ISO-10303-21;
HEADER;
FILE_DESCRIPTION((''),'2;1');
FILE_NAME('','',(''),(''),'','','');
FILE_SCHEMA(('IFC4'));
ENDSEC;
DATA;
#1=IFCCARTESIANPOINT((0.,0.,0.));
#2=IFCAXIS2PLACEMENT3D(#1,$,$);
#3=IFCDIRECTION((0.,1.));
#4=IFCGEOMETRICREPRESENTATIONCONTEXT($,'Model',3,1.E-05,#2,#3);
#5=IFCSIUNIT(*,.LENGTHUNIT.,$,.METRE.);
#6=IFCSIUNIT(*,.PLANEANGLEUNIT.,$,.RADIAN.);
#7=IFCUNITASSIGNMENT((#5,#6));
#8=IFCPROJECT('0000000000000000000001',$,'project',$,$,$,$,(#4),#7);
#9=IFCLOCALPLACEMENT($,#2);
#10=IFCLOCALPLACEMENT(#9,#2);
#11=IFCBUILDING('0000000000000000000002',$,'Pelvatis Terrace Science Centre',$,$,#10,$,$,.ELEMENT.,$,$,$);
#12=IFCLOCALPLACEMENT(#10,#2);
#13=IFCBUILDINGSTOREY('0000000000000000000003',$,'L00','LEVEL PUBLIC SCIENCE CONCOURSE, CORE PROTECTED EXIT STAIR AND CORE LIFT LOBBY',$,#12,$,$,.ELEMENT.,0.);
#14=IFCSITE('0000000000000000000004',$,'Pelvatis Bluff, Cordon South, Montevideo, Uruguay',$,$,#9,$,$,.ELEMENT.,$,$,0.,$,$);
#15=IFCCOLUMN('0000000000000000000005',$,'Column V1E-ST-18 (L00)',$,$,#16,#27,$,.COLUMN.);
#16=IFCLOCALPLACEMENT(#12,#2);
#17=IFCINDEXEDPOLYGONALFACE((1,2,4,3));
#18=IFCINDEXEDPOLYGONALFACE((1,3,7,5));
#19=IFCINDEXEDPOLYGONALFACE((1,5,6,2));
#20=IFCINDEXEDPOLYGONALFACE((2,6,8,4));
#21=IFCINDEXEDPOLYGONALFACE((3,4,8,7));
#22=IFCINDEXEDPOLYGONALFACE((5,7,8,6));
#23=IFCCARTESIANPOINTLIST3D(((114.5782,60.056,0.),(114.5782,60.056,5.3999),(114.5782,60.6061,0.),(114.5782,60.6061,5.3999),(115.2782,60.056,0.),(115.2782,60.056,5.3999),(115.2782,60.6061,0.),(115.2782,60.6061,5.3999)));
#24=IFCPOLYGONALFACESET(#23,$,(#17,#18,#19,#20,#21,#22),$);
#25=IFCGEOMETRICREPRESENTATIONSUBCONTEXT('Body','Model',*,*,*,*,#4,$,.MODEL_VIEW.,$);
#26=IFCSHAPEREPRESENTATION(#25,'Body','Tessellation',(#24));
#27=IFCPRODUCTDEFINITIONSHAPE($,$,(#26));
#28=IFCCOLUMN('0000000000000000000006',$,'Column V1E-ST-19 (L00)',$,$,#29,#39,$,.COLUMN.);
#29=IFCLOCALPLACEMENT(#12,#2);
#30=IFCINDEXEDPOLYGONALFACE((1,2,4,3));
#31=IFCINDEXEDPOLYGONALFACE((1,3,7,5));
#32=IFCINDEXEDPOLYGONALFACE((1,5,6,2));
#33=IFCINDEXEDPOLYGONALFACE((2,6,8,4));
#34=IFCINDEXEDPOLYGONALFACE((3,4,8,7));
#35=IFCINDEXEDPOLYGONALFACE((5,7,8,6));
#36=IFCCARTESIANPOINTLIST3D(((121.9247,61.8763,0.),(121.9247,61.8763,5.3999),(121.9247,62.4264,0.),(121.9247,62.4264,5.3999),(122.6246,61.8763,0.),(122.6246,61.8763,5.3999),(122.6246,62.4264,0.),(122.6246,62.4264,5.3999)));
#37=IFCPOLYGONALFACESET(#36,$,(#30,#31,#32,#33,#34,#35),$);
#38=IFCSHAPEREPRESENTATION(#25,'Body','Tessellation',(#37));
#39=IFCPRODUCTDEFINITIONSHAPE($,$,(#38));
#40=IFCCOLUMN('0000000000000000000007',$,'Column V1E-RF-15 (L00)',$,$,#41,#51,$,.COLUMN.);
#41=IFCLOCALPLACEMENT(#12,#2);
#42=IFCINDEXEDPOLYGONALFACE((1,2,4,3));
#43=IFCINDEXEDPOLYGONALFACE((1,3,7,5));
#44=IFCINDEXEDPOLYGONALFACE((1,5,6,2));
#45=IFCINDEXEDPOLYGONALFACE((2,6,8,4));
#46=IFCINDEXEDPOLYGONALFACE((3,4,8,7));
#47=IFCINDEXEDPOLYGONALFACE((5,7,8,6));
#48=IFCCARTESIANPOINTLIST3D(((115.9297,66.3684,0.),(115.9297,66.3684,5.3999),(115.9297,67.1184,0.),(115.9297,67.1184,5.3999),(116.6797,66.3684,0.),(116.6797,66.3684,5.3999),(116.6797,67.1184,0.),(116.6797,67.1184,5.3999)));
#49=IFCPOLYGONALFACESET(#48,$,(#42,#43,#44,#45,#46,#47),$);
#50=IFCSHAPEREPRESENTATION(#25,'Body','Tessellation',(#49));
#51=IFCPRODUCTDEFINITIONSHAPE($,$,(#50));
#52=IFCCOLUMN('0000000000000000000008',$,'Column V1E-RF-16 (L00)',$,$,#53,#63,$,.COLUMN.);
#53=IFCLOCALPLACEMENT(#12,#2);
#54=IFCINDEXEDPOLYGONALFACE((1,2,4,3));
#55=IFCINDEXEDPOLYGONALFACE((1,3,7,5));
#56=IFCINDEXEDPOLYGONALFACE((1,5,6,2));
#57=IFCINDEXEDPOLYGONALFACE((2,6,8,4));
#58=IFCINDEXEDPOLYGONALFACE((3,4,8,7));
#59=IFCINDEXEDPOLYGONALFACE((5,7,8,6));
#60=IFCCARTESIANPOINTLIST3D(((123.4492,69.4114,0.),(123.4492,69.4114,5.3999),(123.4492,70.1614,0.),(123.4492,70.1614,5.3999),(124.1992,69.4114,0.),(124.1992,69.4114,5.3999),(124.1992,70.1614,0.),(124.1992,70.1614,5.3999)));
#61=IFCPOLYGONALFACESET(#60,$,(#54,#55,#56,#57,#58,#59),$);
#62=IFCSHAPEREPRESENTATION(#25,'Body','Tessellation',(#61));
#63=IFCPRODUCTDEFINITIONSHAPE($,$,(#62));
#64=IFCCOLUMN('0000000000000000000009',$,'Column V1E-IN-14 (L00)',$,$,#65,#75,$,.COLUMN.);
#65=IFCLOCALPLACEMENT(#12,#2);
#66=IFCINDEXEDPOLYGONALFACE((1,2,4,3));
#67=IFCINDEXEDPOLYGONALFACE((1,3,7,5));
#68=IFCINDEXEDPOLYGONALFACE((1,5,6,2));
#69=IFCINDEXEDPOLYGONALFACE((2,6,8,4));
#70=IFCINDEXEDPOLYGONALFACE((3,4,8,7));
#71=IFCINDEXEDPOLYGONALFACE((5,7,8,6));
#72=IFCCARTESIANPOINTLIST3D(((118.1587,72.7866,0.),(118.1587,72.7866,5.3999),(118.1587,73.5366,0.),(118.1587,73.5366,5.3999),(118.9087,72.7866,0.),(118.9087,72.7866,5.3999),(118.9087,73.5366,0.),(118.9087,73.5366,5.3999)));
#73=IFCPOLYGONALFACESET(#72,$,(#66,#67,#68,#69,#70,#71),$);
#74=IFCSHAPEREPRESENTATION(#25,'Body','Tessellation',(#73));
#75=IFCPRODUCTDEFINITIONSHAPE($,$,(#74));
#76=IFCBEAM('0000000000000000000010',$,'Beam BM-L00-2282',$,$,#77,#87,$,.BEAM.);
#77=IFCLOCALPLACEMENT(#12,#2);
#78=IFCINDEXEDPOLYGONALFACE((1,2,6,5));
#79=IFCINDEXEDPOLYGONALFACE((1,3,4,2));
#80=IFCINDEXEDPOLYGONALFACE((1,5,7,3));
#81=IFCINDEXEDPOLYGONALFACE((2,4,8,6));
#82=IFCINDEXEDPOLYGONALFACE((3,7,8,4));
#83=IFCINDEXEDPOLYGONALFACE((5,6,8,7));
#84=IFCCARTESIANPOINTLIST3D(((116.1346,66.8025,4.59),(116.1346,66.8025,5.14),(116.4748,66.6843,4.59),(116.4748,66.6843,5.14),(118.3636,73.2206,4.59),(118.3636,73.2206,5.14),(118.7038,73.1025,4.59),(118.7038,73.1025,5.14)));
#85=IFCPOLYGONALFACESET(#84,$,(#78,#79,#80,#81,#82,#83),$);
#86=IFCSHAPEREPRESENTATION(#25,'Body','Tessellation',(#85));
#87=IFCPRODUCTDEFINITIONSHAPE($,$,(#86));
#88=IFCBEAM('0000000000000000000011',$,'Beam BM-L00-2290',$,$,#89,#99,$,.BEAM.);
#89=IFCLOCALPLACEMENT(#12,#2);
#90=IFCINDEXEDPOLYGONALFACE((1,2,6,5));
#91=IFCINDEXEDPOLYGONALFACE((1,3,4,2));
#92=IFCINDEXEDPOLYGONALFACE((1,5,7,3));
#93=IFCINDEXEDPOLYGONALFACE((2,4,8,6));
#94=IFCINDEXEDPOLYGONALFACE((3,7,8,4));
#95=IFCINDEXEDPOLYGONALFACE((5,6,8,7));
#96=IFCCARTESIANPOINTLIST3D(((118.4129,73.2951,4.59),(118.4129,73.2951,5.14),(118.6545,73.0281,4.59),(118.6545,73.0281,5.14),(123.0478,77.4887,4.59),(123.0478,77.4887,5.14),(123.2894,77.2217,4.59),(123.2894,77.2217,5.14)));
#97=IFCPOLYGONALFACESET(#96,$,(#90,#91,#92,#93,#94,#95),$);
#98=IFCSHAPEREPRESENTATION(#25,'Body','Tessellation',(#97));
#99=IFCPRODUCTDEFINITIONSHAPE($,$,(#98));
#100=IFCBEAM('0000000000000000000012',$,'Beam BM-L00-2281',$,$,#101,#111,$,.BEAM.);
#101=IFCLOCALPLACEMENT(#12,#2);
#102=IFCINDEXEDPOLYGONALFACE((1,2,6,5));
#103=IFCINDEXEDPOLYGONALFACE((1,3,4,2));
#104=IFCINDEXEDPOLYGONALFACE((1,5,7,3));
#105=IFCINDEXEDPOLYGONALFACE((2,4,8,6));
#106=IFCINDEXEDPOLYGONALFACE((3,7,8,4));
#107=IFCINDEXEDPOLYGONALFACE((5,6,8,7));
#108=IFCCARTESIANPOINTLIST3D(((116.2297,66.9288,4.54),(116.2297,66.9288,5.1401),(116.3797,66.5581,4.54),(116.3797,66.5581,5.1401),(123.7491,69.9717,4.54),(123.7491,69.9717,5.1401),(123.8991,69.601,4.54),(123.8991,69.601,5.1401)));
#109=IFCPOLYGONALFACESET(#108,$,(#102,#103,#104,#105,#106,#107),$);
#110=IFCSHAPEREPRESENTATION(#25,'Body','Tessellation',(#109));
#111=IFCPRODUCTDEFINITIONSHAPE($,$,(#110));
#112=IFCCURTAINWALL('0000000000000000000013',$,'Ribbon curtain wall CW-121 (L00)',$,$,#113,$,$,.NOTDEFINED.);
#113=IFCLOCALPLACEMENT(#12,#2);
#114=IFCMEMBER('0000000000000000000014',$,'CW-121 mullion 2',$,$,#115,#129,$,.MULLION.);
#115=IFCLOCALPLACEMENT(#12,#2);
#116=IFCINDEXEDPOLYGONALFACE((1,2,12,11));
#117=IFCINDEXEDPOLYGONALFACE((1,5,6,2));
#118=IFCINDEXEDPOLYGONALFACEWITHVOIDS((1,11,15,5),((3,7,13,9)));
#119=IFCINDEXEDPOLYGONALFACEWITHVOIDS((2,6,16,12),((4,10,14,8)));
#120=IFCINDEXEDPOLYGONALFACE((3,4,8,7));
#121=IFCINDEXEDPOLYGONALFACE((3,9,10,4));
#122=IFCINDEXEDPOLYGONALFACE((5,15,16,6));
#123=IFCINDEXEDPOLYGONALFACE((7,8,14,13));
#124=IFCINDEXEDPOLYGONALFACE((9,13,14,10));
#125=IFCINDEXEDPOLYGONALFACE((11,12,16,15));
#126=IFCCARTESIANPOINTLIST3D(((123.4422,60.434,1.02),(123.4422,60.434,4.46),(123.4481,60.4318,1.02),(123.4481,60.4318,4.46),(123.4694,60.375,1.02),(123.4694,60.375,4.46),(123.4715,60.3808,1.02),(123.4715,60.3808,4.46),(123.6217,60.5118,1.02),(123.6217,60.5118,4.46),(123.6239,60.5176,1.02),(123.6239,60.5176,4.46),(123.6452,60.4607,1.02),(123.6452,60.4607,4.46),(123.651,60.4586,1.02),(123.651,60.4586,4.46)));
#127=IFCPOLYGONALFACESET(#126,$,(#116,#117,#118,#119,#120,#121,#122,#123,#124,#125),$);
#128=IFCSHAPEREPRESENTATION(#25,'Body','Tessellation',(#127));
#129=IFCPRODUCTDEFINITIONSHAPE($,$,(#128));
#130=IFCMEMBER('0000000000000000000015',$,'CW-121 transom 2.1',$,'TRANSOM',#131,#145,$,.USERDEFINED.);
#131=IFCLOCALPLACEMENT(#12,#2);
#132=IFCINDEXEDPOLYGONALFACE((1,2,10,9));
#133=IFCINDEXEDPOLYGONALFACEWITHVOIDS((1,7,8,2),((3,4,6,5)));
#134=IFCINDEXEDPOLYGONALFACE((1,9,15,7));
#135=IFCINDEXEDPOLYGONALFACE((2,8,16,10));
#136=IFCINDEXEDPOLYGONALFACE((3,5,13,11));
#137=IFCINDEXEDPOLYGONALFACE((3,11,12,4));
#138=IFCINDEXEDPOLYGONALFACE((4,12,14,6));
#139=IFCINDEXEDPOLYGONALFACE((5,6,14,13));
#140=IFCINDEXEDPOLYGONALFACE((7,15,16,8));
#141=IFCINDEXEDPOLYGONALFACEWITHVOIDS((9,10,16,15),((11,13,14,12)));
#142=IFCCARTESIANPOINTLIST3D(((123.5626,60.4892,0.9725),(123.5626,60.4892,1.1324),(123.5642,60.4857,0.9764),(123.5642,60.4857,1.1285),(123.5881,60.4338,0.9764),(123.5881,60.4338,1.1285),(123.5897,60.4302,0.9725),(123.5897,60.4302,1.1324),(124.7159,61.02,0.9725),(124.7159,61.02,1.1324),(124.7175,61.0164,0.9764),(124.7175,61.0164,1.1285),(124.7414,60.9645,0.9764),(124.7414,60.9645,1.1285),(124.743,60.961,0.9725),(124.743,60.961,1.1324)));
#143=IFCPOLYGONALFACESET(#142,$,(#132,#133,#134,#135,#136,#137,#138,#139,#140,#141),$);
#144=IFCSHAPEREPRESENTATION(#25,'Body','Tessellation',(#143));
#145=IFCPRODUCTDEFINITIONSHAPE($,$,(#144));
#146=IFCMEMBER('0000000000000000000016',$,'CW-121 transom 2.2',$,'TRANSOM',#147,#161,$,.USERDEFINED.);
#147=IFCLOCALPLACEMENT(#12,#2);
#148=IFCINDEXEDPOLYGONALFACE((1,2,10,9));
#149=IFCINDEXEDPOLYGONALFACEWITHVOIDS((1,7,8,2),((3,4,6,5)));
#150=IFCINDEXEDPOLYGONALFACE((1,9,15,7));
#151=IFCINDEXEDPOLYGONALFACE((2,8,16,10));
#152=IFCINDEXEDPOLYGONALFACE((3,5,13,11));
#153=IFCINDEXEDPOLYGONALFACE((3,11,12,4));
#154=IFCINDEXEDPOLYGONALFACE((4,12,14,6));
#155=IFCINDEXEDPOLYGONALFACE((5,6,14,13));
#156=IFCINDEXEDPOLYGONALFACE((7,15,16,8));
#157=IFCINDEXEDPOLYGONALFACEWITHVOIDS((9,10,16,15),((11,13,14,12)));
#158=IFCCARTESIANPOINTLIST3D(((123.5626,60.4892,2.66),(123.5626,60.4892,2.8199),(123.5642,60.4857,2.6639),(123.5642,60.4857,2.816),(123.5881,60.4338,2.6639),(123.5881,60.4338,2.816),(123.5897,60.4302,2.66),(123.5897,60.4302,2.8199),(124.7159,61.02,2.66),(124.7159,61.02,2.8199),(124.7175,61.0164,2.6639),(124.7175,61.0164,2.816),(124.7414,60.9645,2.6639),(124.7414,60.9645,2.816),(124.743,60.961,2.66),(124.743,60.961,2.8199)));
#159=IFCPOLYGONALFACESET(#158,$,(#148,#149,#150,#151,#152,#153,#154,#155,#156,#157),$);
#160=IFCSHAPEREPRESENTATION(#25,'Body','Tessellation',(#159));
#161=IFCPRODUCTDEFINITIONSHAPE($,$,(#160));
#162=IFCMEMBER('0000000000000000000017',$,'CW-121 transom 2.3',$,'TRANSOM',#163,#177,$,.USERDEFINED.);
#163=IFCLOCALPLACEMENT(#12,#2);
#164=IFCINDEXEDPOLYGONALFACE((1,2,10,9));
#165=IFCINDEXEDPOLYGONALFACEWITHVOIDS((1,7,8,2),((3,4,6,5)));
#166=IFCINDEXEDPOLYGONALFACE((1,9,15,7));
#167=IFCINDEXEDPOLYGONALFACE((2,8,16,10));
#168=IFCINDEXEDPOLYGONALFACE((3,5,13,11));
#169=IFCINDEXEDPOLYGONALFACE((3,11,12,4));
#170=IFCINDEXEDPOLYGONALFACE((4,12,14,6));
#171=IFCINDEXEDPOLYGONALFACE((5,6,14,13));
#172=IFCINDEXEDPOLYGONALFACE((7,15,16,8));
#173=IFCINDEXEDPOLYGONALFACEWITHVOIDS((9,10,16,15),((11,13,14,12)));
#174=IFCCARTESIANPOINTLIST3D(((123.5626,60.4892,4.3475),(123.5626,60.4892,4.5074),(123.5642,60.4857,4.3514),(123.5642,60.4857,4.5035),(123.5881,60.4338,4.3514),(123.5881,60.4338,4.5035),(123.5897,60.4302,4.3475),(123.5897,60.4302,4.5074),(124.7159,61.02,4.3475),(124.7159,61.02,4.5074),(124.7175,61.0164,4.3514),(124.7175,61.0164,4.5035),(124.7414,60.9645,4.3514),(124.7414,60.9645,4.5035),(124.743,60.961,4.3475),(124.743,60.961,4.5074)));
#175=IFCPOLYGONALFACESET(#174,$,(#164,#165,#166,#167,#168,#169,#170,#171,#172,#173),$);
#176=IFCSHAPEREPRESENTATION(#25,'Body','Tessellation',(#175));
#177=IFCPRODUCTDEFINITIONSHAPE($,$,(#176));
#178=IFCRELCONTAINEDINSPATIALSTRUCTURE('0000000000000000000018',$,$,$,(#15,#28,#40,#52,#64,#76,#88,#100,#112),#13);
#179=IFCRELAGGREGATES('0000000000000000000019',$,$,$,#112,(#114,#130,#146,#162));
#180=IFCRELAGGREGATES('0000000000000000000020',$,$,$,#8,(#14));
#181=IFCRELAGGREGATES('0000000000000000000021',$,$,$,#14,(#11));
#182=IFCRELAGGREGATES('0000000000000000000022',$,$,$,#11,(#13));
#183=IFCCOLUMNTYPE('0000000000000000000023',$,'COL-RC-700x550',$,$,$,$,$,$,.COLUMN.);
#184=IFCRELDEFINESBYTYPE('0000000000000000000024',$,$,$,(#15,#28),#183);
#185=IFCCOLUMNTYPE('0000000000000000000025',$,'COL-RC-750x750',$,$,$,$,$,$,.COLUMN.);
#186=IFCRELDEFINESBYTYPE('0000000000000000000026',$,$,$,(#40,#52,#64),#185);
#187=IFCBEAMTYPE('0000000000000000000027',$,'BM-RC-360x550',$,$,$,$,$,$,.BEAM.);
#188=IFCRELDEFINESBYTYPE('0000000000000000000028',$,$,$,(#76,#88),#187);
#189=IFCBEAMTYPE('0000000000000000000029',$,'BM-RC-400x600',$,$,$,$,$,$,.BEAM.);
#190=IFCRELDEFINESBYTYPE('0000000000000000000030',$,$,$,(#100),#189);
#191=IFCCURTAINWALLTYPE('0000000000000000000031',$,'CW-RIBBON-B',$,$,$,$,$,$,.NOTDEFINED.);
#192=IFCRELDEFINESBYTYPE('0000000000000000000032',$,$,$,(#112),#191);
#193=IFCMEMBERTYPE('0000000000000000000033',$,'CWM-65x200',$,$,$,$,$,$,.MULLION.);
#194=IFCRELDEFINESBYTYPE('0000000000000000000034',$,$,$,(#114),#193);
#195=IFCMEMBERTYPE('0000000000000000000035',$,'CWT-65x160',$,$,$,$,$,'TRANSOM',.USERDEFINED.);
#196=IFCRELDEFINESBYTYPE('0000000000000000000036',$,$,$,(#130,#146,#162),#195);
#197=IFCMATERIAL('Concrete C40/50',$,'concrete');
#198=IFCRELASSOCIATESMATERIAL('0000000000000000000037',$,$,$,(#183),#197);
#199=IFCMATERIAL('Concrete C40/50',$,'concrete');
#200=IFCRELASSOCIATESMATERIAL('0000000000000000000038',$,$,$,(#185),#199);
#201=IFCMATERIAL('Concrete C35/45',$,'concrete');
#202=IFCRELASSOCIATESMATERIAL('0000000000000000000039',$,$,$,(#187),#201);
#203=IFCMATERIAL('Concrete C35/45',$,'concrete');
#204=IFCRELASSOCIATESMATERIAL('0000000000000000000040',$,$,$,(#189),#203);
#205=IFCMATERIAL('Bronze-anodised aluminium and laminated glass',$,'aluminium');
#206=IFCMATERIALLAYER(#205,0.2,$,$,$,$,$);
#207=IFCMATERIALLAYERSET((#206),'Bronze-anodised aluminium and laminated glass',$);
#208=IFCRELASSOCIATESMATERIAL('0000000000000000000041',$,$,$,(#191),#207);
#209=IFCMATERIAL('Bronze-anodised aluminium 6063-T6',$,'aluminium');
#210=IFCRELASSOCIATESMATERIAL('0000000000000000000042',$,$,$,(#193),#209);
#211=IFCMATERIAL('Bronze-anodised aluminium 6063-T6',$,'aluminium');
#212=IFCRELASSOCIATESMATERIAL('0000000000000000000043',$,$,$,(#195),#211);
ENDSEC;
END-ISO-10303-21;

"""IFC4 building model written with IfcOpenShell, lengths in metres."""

from ifc_helpers import new_model, si_unit, direction, frame, origin, origin_2d, place, context, subcontext, project, spatial, rectangle, hollow_rectangle, extrude, material, layer, layer_set, material_profile, profile_set, type_object, element, aggregate, save


model = new_model("IFC4")

# Units and contexts
model_context = context("Model", 3, precision=1e-05, world=origin(), true_north=direction((0.0, 1.0)))
body_context = subcontext(model_context, "Body", "Model", "MODEL_VIEW")
ifc_project = project(units=[si_unit("LENGTHUNIT", "METRE"), si_unit("PLANEANGLEUNIT", "RADIAN")], contexts=[model_context])

# Site, building, storey
site_placement = place(None, origin())
site = spatial("IfcSite", under=ifc_project, at=site_placement, Name="Pelvatis Bluff, Cordon South, Montevideo, Uruguay", CompositionType="ELEMENT", RefElevation=0.0)
building_placement = place(site_placement, origin())
building = spatial("IfcBuilding", under=site, at=building_placement, Name="Pelvatis Terrace Science Centre", CompositionType="ELEMENT")
storey_placement = place(building_placement, origin())
storey = spatial("IfcBuildingStorey", under=building, at=storey_placement, Name="L00", Description="LEVEL PUBLIC SCIENCE CONCOURSE, CORE PROTECTED EXIT STAIR AND CORE LIFT LOBBY", CompositionType="ELEMENT", Elevation=0.0)

# Columns
ifc_material_1 = material(Name="Concrete C40/50", Category="concrete")
ifc_material_profile_1 = material_profile(ifc_material_1, rectangle(XDim=0.7, YDim=0.55, at=origin_2d()), Name="RC-COL 700x550")
ifc_profile_set_1 = profile_set([ifc_material_profile_1], Name="Concrete C40/50")
column_type_1 = type_object("IfcColumnType", Name="COL-RC-700x550", PredefinedType="COLUMN", material=ifc_profile_set_1)
for number, where, z_axis, x_axis, name in (
    (1, (114.9282, 60.3311, 0.0), (0.0, 0.0, 1.0), (1.0, 0.0, 0.0), "Column V1E-ST-18 (L00)"),
    (2, (122.2747, 62.1514, 0.0), (0.0, 0.0, 1.0), (1.0, 0.0, 0.0), "Column V1E-ST-19 (L00)"),
):
    element("IfcColumn", number, at=place(storey_placement, frame(where, z_axis=z_axis, x_axis=x_axis)), inside=storey, type_object=column_type_1, Name=name, PredefinedType="COLUMN", context=body_context, shape_type="SweptSolid", body=[
        extrude(rectangle(XDim=0.7, YDim=0.55, at=origin_2d()), origin(), (0.0, 0.0, 1.0), 5.3999),
    ])
ifc_material_2 = material(Name="Concrete C40/50", Category="concrete")
ifc_material_profile_2 = material_profile(ifc_material_2, rectangle(XDim=0.75, YDim=0.75, at=origin_2d()), Name="RC-COL 750x750")
ifc_profile_set_2 = profile_set([ifc_material_profile_2], Name="Concrete C40/50")
column_type_2 = type_object("IfcColumnType", Name="COL-RC-750x750", PredefinedType="COLUMN", material=ifc_profile_set_2)
for number, where, z_axis, x_axis, name in (
    (3, (116.3047, 66.7434, 0.0), (0.0, 0.0, 1.0), (1.0, 0.0, 0.0), "Column V1E-RF-15 (L00)"),
    (4, (123.8242, 69.7864, 0.0), (0.0, 0.0, 1.0), (1.0, 0.0, 0.0), "Column V1E-RF-16 (L00)"),
    (5, (118.5337, 73.1616, 0.0), (0.0, 0.0, 1.0), (1.0, 0.0, 0.0), "Column V1E-IN-14 (L00)"),
):
    element("IfcColumn", number, at=place(storey_placement, frame(where, z_axis=z_axis, x_axis=x_axis)), inside=storey, type_object=column_type_2, Name=name, PredefinedType="COLUMN", context=body_context, shape_type="SweptSolid", body=[
        extrude(rectangle(XDim=0.75, YDim=0.75, at=origin_2d()), origin(), (0.0, 0.0, 1.0), 5.3999),
    ])

# Beams
ifc_material_3 = material(Name="Concrete C35/45", Category="concrete")
ifc_material_profile_3 = material_profile(ifc_material_3, rectangle(XDim=0.3601, YDim=0.55, at=origin_2d()), Name="RC-BM 360x550")
ifc_profile_set_3 = profile_set([ifc_material_profile_3], Name="Concrete C35/45")
beam_type_1 = type_object("IfcBeamType", Name="BM-RC-360x550", PredefinedType="BEAM", material=ifc_profile_set_3)
beam_1_placement = place(storey_placement, frame((116.3047, 66.7434, 4.865), z_axis=(0.328072, 0.944653, 0.0), x_axis=(-0.944653, 0.328072, 0.0)))
element("IfcBeam", 6, at=beam_1_placement, inside=storey, type_object=beam_type_1, Name="Beam BM-L00-2282", PredefinedType="BEAM", context=body_context, shape_type="SweptSolid", body=[
    extrude(rectangle(XDim=0.3601, YDim=0.55, at=origin_2d()), origin(), (0.0, 0.0, 1.0), 6.7942),
])
beam_2_placement = place(storey_placement, frame((118.5337, 73.1616, 4.865), z_axis=(0.741534, 0.670915, 0.0), x_axis=(-0.670915, 0.741534, 0.0)))
element("IfcBeam", 7, at=beam_2_placement, inside=storey, type_object=beam_type_1, Name="Beam BM-L00-2290", PredefinedType="BEAM", context=body_context, shape_type="SweptSolid", body=[
    extrude(rectangle(XDim=0.3601, YDim=0.55, at=origin_2d()), origin(), (0.0, 0.0, 1.0), 6.2505),
])
ifc_material_4 = material(Name="Concrete C35/45", Category="concrete")
ifc_material_profile_4 = material_profile(ifc_material_4, rectangle(XDim=0.3999, YDim=0.6001, at=origin_2d()), Name="RC-BM 400x600")
ifc_profile_set_4 = profile_set([ifc_material_profile_4], Name="Concrete C35/45")
beam_type_2 = type_object("IfcBeamType", Name="BM-RC-400x600", PredefinedType="BEAM", material=ifc_profile_set_4)
beam_3_placement = place(storey_placement, frame((116.3047, 66.7434, 4.8401), z_axis=(0.926975, 0.375124, 0.0), x_axis=(-0.375124, 0.926975, 0.0)))
element("IfcBeam", 8, at=beam_3_placement, inside=storey, type_object=beam_type_2, Name="Beam BM-L00-2281", PredefinedType="BEAM", context=body_context, shape_type="SweptSolid", body=[
    extrude(rectangle(XDim=0.3999, YDim=0.6001, at=origin_2d()), origin(), (0.0, 0.0, 1.0), 8.1118),
])

# Curtain wall, members
ifc_material_5 = material(Name="Bronze-anodised aluminium and laminated glass", Category="aluminium")
ifc_layer_1 = layer(ifc_material_5, 0.2)
ifc_layer_set_1 = layer_set([ifc_layer_1], Name="Bronze-anodised aluminium and laminated glass")
curtain_wall_type = type_object("IfcCurtainWallType", Name="CW-RIBBON-B", PredefinedType="NOTDEFINED", material=ifc_layer_set_1)
curtain_wall_placement = place(storey_placement, origin())
curtain_wall = element("IfcCurtainWall", 9, at=curtain_wall_placement, inside=storey, type_object=curtain_wall_type, Name="Ribbon curtain wall CW-121 (L00)", PredefinedType="NOTDEFINED")
ifc_material_6 = material(Name="Bronze-anodised aluminium 6063-T6", Category="aluminium")
ifc_material_profile_5 = material_profile(ifc_material_6, hollow_rectangle(XDim=0.0649, YDim=0.2, WallThickness=0.0044, at=origin_2d()), Name="ALU-MUL 65x200")
ifc_profile_set_5 = profile_set([ifc_material_profile_5], Name="Bronze-anodised aluminium 6063-T6")
member_type_1 = type_object("IfcMemberType", Name="CWM-65x200", PredefinedType="MULLION", material=ifc_profile_set_5)
member_1_placement = place(storey_placement, frame((123.5466, 60.4463, 1.02), z_axis=(0.0, 0.0, 1.0), x_axis=(-0.418057, 0.908421, 0.0)))
member_1 = element("IfcMember", 10, at=member_1_placement, type_object=member_type_1, Name="CW-121 mullion 2", PredefinedType="MULLION", context=body_context, shape_type="SweptSolid", body=[
    extrude(hollow_rectangle(XDim=0.0649, YDim=0.2, WallThickness=0.0044, at=origin_2d()), origin(), (0.0, 0.0, 1.0), 3.4399),
])
ifc_material_7 = material(Name="Bronze-anodised aluminium 6063-T6", Category="aluminium")
ifc_material_profile_6 = material_profile(ifc_material_7, hollow_rectangle(XDim=0.0649, YDim=0.1599, WallThickness=0.0039, at=origin_2d()), Name="ALU-TRN 65x160")
ifc_profile_set_6 = profile_set([ifc_material_profile_6], Name="Bronze-anodised aluminium 6063-T6")
member_type_2 = type_object("IfcMemberType", Name="CWT-65x160", ElementType="TRANSOM", PredefinedType="USERDEFINED", material=ifc_profile_set_6)
member_2_placement = place(storey_placement, frame((123.5762, 60.4597, 1.0525), z_axis=(0.90842, 0.418058, 0.0), x_axis=(-0.418058, 0.90842, 0.0)))
member_2 = element("IfcMember", 11, at=member_2_placement, type_object=member_type_2, Name="CW-121 transom 2.1", ObjectType="TRANSOM", PredefinedType="USERDEFINED", context=body_context, shape_type="SweptSolid", body=[
    extrude(hollow_rectangle(XDim=0.0649, YDim=0.1599, WallThickness=0.0039, at=origin_2d()), origin(), (0.0, 0.0, 1.0), 1.2695),
])
member_3_placement = place(storey_placement, frame((123.5762, 60.4597, 2.74), z_axis=(0.90842, 0.418058, 0.0), x_axis=(-0.418058, 0.90842, 0.0)))
member_3 = element("IfcMember", 12, at=member_3_placement, type_object=member_type_2, Name="CW-121 transom 2.2", ObjectType="TRANSOM", PredefinedType="USERDEFINED", context=body_context, shape_type="SweptSolid", body=[
    extrude(hollow_rectangle(XDim=0.0649, YDim=0.1599, WallThickness=0.0039, at=origin_2d()), origin(), (0.0, 0.0, 1.0), 1.2695),
])
member_4_placement = place(storey_placement, frame((123.5762, 60.4597, 4.4275), z_axis=(0.90842, 0.418058, 0.0), x_axis=(-0.418058, 0.90842, 0.0)))
member_4 = element("IfcMember", 13, at=member_4_placement, type_object=member_type_2, Name="CW-121 transom 2.3", ObjectType="TRANSOM", PredefinedType="USERDEFINED", context=body_context, shape_type="SweptSolid", body=[
    extrude(hollow_rectangle(XDim=0.0649, YDim=0.1599, WallThickness=0.0039, at=origin_2d()), origin(), (0.0, 0.0, 1.0), 1.2695),
])

aggregate(curtain_wall, [member_1, member_2, member_3, member_4])

save(model, "model.ifc")
